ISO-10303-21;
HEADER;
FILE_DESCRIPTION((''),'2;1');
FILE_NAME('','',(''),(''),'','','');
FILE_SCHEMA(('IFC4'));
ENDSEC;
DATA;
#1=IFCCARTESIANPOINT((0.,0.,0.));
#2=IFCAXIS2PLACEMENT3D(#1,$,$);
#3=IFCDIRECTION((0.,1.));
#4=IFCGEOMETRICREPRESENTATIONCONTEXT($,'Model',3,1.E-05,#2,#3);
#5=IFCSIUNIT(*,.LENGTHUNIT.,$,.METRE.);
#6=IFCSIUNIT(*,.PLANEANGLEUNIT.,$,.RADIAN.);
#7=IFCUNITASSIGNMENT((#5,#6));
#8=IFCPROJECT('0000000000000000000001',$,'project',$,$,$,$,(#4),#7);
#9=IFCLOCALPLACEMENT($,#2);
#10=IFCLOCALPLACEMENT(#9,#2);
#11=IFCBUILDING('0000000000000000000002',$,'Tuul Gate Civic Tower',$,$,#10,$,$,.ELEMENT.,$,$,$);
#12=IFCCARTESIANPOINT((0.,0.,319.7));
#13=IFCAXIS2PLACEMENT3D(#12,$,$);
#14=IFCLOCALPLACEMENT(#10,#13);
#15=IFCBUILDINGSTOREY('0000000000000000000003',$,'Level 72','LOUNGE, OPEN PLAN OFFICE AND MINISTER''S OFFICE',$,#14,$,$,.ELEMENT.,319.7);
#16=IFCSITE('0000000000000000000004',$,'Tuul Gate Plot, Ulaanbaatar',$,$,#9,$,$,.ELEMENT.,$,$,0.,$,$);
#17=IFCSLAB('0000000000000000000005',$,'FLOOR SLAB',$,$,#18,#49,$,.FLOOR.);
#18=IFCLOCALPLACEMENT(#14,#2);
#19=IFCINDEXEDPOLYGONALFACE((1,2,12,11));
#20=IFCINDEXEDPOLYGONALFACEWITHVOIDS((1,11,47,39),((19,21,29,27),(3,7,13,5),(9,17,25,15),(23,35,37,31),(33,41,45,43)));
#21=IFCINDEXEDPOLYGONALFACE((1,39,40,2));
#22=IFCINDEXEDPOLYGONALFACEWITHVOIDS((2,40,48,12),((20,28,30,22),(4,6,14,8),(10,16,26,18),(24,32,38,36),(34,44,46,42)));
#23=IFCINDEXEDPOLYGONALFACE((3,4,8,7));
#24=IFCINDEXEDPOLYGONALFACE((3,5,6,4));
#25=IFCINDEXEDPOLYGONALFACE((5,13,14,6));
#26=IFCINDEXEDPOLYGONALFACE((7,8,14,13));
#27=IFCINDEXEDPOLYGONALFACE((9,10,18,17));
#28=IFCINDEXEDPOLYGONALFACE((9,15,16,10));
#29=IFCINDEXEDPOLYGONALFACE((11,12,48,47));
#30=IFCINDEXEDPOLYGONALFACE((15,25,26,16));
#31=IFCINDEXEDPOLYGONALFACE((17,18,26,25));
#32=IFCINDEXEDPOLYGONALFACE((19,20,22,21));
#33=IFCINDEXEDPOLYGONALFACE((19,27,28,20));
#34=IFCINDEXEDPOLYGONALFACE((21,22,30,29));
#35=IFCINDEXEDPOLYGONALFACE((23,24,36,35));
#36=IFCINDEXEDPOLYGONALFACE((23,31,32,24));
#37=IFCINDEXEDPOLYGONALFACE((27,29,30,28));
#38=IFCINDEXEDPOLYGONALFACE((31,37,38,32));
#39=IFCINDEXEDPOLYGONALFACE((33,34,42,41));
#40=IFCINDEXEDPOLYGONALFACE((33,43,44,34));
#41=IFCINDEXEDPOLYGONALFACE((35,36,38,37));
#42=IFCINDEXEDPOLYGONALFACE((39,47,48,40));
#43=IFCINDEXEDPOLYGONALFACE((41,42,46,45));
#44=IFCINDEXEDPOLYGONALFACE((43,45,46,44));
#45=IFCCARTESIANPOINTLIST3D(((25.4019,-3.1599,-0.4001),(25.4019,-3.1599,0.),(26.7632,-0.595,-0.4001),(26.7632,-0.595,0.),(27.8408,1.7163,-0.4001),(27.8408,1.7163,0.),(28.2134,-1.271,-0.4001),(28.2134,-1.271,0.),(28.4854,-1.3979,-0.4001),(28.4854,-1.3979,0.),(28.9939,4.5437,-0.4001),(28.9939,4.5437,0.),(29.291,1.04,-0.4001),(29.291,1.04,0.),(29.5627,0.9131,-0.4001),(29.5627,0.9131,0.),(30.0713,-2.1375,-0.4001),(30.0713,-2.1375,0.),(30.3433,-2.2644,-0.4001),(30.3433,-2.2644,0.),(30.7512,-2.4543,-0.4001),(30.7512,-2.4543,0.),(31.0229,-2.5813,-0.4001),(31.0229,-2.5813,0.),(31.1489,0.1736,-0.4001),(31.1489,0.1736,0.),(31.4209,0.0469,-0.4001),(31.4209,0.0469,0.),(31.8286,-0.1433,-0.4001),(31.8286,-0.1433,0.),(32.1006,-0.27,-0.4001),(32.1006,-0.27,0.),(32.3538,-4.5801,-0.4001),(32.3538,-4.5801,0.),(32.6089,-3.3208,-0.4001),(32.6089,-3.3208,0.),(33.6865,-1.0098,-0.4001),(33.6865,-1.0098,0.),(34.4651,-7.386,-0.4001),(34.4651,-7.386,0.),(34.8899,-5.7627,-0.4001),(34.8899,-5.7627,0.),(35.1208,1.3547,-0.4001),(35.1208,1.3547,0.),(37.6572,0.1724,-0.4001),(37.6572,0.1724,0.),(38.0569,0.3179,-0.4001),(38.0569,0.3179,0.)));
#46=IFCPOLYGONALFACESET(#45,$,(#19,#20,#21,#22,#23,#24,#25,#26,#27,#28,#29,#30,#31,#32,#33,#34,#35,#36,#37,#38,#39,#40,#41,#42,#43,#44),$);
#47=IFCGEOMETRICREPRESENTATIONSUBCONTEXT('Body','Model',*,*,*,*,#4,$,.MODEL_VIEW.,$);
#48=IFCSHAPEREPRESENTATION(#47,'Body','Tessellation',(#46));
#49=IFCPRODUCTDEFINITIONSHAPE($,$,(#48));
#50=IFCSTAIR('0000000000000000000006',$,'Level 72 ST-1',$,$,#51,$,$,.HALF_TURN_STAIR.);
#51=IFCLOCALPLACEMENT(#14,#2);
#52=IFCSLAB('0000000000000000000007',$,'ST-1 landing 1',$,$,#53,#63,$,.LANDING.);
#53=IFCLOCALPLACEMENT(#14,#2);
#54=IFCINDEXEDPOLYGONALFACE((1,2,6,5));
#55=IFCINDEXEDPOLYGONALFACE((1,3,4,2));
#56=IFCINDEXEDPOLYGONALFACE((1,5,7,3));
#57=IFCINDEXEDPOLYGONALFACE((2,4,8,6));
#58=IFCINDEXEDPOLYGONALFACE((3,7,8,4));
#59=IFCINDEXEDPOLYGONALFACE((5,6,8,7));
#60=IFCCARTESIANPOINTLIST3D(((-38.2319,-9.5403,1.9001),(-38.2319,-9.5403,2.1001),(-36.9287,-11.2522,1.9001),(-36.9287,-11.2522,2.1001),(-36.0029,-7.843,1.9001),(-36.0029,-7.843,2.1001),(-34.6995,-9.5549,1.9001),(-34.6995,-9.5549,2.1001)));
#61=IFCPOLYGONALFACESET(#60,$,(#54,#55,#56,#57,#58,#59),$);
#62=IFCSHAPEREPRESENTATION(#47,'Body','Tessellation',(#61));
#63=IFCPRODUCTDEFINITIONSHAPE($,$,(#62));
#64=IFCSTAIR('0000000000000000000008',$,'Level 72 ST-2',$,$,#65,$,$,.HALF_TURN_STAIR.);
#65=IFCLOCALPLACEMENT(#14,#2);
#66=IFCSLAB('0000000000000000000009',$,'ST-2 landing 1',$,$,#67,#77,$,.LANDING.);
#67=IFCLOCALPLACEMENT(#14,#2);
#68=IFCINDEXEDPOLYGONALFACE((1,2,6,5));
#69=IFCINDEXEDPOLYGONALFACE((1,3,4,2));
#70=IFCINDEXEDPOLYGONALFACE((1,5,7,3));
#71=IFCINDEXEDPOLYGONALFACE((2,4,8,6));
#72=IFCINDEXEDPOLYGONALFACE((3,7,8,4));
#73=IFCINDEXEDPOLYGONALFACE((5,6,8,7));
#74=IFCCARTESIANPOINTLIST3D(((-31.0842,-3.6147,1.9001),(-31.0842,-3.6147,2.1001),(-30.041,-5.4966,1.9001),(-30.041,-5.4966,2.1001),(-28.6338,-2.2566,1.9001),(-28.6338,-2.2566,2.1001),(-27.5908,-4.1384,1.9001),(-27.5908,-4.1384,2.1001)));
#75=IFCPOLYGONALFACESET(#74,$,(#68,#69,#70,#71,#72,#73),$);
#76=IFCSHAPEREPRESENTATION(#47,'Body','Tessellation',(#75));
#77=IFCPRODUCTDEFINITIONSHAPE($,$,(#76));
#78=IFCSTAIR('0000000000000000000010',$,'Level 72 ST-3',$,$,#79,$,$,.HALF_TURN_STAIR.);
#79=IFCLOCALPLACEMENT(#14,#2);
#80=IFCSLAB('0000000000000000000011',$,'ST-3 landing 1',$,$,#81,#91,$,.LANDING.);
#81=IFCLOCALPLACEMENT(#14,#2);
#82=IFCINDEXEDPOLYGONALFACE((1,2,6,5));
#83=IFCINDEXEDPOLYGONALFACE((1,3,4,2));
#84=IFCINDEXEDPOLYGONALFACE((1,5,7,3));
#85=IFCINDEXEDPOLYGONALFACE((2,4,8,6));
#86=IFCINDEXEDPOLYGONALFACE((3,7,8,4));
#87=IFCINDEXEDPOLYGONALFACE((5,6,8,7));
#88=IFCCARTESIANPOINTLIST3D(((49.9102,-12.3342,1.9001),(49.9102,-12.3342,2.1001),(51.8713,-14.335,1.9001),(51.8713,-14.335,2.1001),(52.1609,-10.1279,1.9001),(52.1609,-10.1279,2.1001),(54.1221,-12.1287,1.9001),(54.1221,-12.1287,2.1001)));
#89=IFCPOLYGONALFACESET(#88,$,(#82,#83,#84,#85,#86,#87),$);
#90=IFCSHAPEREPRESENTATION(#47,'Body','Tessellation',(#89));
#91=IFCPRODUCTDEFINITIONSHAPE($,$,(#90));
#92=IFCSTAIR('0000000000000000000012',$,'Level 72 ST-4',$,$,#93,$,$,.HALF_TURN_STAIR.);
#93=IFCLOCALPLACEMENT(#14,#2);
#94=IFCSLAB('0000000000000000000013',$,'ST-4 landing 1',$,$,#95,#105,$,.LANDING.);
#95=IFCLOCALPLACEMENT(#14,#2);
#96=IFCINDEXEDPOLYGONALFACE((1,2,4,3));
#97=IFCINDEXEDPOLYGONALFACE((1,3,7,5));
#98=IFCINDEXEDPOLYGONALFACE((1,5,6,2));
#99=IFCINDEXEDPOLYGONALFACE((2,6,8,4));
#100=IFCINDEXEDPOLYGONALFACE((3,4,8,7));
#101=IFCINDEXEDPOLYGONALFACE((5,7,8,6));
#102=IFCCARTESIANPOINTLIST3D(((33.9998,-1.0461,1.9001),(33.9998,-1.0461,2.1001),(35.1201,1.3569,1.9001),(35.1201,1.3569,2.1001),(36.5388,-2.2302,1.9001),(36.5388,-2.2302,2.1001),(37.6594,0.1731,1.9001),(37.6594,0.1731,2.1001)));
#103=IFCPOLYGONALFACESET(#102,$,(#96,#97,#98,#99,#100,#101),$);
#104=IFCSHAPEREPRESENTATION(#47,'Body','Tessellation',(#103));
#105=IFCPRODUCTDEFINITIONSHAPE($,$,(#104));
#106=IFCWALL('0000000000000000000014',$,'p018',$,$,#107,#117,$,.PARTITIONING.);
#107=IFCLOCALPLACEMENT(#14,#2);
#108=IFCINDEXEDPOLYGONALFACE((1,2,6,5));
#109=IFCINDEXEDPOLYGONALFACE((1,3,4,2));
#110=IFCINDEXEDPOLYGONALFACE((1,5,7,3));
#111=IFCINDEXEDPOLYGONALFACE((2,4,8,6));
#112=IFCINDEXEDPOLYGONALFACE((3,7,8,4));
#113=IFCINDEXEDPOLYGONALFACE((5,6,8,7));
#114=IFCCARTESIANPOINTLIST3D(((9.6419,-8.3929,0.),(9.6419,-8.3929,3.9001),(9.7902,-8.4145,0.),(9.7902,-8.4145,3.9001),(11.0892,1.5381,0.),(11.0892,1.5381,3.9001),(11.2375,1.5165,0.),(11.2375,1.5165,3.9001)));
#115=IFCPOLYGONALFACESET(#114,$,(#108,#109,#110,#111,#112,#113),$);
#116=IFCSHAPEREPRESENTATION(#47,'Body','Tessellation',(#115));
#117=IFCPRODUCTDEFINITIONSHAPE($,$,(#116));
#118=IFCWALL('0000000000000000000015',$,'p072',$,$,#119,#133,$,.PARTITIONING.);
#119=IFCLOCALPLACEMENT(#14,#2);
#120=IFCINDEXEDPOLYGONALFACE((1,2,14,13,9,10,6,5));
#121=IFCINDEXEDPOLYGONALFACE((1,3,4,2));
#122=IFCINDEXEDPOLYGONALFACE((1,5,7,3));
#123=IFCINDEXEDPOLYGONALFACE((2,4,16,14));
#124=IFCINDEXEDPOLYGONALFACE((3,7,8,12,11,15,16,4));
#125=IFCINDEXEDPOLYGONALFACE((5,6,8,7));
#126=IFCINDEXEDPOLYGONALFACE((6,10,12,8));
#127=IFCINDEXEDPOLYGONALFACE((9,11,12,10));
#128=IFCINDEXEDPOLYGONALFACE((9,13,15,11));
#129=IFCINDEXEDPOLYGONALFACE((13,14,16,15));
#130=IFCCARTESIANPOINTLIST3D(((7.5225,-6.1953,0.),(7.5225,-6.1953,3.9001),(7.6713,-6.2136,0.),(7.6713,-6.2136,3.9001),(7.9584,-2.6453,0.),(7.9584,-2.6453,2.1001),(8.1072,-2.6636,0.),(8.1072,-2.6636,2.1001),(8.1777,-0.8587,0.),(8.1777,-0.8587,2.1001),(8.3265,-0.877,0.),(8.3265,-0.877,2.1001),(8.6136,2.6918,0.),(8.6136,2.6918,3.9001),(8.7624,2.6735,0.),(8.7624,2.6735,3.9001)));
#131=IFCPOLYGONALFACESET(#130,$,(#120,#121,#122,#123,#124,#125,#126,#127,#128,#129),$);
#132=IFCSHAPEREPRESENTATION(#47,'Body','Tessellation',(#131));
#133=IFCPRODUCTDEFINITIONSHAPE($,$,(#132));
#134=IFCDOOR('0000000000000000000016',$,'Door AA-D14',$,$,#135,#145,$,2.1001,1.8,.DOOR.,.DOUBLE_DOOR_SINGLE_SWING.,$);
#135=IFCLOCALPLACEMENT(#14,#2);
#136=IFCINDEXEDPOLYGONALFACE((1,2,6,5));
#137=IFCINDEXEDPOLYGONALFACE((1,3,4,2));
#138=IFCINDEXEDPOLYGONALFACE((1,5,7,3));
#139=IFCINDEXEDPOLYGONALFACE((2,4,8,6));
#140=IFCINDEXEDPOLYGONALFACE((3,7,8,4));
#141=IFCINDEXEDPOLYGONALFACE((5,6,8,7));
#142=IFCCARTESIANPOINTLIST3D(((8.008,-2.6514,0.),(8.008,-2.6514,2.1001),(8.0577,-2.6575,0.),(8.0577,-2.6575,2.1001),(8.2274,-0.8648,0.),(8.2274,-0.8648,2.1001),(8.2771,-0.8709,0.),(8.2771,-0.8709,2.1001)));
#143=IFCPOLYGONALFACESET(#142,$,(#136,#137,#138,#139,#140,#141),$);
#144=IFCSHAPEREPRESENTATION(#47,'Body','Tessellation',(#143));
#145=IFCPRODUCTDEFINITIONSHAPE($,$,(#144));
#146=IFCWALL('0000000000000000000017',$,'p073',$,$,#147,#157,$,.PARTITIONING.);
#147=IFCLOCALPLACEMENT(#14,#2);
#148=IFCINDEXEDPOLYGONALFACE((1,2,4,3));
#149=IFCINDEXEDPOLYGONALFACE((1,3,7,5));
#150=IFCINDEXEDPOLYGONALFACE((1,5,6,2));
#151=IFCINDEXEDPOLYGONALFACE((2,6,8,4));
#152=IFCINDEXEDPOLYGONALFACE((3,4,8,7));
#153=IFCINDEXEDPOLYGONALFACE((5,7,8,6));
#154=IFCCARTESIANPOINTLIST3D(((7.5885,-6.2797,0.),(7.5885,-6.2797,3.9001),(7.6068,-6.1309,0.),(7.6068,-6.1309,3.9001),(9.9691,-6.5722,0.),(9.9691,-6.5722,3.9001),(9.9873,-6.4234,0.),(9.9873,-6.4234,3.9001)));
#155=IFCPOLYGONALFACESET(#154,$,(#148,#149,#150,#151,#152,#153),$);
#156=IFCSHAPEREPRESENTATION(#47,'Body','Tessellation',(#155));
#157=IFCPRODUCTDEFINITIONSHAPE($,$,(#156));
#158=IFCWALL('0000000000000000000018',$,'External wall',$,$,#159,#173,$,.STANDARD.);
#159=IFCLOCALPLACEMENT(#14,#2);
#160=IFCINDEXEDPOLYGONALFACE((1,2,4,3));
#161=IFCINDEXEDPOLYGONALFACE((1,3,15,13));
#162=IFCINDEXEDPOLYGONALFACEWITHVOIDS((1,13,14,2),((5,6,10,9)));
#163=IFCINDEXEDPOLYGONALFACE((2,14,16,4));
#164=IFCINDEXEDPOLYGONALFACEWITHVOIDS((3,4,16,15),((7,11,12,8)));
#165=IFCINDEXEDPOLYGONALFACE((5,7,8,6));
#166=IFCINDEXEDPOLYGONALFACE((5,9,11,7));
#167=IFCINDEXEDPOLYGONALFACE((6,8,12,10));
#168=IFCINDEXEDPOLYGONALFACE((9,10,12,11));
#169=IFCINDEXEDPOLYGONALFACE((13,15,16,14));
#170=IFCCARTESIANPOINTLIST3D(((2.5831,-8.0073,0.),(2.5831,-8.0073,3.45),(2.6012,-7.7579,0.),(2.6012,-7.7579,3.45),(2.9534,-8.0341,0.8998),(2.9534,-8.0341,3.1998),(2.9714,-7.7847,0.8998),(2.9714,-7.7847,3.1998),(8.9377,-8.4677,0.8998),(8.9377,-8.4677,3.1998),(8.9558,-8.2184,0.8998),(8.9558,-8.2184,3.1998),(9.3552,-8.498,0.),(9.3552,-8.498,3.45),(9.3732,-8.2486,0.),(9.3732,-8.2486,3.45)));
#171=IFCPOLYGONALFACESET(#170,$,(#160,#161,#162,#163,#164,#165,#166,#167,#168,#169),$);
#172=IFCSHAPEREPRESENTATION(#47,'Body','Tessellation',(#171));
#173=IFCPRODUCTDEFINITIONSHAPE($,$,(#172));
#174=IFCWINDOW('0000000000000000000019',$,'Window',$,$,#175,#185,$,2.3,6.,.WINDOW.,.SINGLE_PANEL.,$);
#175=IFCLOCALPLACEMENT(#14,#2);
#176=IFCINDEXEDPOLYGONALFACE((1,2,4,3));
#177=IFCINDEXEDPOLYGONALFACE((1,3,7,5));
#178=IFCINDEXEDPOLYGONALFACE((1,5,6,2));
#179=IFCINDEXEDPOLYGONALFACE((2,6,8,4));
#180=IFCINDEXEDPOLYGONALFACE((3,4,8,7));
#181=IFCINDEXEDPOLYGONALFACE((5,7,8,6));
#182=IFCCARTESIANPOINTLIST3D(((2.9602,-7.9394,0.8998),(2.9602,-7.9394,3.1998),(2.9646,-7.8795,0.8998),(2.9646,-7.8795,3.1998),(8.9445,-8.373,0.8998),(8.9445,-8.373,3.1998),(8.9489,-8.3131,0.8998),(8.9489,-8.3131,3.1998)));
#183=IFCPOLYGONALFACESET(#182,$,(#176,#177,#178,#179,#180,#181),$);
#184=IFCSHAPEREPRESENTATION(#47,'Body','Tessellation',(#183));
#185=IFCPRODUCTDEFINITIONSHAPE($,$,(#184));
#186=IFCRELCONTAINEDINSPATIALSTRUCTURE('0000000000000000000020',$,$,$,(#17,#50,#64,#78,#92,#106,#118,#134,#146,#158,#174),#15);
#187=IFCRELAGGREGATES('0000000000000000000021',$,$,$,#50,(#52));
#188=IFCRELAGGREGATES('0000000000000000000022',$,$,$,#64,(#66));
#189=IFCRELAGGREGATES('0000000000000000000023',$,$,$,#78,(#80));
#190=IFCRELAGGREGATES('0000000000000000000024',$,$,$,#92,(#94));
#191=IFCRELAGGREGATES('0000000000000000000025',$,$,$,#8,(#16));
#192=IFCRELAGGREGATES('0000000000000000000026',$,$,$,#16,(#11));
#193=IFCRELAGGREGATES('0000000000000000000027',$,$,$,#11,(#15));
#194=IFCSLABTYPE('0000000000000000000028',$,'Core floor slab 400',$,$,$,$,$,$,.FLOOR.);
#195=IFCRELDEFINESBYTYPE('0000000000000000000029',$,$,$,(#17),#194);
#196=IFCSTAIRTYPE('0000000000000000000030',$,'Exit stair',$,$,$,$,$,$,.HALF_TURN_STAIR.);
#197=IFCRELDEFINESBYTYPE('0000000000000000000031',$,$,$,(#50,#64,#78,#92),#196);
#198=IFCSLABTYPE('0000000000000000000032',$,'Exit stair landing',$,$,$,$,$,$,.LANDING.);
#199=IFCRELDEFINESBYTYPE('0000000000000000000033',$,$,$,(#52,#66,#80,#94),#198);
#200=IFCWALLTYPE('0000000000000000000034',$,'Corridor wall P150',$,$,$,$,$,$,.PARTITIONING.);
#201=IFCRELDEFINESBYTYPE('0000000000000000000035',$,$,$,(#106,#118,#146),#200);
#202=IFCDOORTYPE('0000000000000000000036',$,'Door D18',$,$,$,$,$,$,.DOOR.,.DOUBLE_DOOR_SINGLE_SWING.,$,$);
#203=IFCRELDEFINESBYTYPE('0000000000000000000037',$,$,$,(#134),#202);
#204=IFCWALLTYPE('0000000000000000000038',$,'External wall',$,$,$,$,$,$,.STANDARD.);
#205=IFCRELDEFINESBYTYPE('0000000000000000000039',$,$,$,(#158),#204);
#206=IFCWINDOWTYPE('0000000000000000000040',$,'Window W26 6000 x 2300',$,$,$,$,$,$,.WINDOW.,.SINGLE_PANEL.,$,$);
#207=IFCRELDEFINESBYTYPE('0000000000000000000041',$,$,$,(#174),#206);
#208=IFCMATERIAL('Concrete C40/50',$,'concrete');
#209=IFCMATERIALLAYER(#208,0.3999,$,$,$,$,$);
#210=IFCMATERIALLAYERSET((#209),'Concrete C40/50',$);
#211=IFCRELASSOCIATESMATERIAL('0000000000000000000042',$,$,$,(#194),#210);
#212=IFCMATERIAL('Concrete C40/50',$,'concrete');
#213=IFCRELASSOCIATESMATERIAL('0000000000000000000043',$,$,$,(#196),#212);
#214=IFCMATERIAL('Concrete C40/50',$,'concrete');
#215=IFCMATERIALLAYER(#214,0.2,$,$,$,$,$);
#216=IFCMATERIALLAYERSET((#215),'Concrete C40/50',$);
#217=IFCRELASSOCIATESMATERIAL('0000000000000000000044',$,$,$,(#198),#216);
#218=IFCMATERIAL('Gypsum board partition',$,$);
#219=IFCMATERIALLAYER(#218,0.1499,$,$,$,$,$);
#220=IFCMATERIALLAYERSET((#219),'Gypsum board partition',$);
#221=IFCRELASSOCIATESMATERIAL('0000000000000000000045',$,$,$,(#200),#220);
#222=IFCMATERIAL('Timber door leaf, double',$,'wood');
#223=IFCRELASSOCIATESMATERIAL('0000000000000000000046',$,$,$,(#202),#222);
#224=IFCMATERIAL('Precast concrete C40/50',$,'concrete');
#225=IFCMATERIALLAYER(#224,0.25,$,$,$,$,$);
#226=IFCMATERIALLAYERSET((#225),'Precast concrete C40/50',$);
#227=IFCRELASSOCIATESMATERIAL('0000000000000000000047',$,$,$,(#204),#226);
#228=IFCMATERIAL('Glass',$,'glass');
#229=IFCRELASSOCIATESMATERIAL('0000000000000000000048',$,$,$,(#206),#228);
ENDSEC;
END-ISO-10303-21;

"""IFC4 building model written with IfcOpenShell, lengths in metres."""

from ifc_helpers import new_model, si_unit, direction, frame, frame_2d, origin, place, context, subcontext, project, spatial, polyline, rectangle, outline, extrude, material, layer, layer_set, type_object, element, fill, aggregate, save


model = new_model("IFC4")

# Units and contexts
model_context = context("Model", 3, precision=1e-05, world=origin(), true_north=direction((0.0, 1.0)))
body_context = subcontext(model_context, "Body", "Model", "MODEL_VIEW")
ifc_project = project(units=[si_unit("LENGTHUNIT", "METRE"), si_unit("PLANEANGLEUNIT", "RADIAN")], contexts=[model_context])

# Site, building, storey
site_placement = place(None, origin())
site = spatial("IfcSite", under=ifc_project, at=site_placement, Name="Tuul Gate Plot, Ulaanbaatar", CompositionType="ELEMENT", RefElevation=0.0)
building_placement = place(site_placement, origin())
building = spatial("IfcBuilding", under=site, at=building_placement, Name="Tuul Gate Civic Tower", CompositionType="ELEMENT")
storey_placement = place(building_placement, frame((0.0, 0.0, 319.7)))
storey = spatial("IfcBuildingStorey", under=building, at=storey_placement, Name="Level 72", Description="LOUNGE, OPEN PLAN OFFICE AND MINISTER'S OFFICE", CompositionType="ELEMENT", Elevation=319.7)

# Slab
ifc_material_1 = material(Name="Concrete C40/50", Category="concrete")
ifc_layer_1 = layer(ifc_material_1, 0.3999)
ifc_layer_set_1 = layer_set([ifc_layer_1], Name="Concrete C40/50")
slab_type_1 = type_object("IfcSlabType", Name="Core floor slab 400", PredefinedType="FLOOR", material=ifc_layer_set_1)
slab_1_placement = place(storey_placement, frame((0.0, 0.0, -0.4001)))
element("IfcSlab", 1, at=slab_1_placement, inside=storey, type_object=slab_type_1, Name="FLOOR SLAB", PredefinedType="FLOOR", context=body_context, shape_type="SweptSolid", body=[
    extrude(outline(polyline([(34.4651, -7.386), (38.0569, 0.3179), (28.9939, 4.5437), (25.4019, -3.1599), (34.4651, -7.386)]), holes=[polyline([(32.6089, -3.3208), (33.6865, -1.0098), (32.1006, -0.27), (31.0229, -2.5813), (32.6089, -3.3208)]), polyline([(30.0713, -2.1375), (31.1489, 0.1736), (29.5627, 0.9131), (28.4854, -1.3979), (30.0713, -2.1375)]), polyline([(30.7512, -2.4543), (31.8286, -0.1433), (31.4209, 0.0469), (30.3433, -2.2644), (30.7512, -2.4543)]), polyline([(28.2134, -1.271), (29.291, 1.04), (27.8408, 1.7163), (26.7632, -0.595), (28.2134, -1.271)]), polyline([(34.8899, -5.7627), (32.3538, -4.5801), (35.1208, 1.3547), (37.6572, 0.1724), (34.8899, -5.7627)])]), origin(), (0.0, 0.0, 1.0), 0.4001),
])

# Stairs, slabs
ifc_material_2 = material(Name="Concrete C40/50", Category="concrete")
stair_type = type_object("IfcStairType", Name="Exit stair", PredefinedType="HALF_TURN_STAIR", material=ifc_material_2)
stair_1_placement = place(storey_placement, origin())
stair_1 = element("IfcStair", 2, at=stair_1_placement, inside=storey, type_object=stair_type, Name="Level 72 ST-1", PredefinedType="HALF_TURN_STAIR")
ifc_material_3 = material(Name="Concrete C40/50", Category="concrete")
ifc_layer_2 = layer(ifc_material_3, 0.2)
ifc_layer_set_2 = layer_set([ifc_layer_2], Name="Concrete C40/50")
slab_type_2 = type_object("IfcSlabType", Name="Exit stair landing", PredefinedType="LANDING", material=ifc_layer_set_2)
slab_2_placement = place(storey_placement, frame((0.0, 0.0, 1.9001)))
slab_2 = element("IfcSlab", 3, at=slab_2_placement, type_object=slab_type_2, Name="ST-1 landing 1", PredefinedType="LANDING", context=body_context, shape_type="SweptSolid", body=[
    extrude(outline(polyline([(-34.6995, -9.5549), (-36.9287, -11.2522), (-38.2319, -9.5403), (-36.0029, -7.843), (-34.6995, -9.5549)])), origin(), (0.0, 0.0, 1.0), 0.2),
])
aggregate(stair_1, [slab_2])
stair_2_placement = place(storey_placement, origin())
stair_2 = element("IfcStair", 4, at=stair_2_placement, inside=storey, type_object=stair_type, Name="Level 72 ST-2", PredefinedType="HALF_TURN_STAIR")
slab_3_placement = place(storey_placement, frame((0.0, 0.0, 1.9001)))
slab_3 = element("IfcSlab", 5, at=slab_3_placement, type_object=slab_type_2, Name="ST-2 landing 1", PredefinedType="LANDING", context=body_context, shape_type="SweptSolid", body=[
    extrude(outline(polyline([(-27.5908, -4.1384), (-30.041, -5.4966), (-31.0842, -3.6147), (-28.6338, -2.2566), (-27.5908, -4.1384)])), origin(), (0.0, 0.0, 1.0), 0.2),
])
aggregate(stair_2, [slab_3])
stair_3_placement = place(storey_placement, origin())
stair_3 = element("IfcStair", 6, at=stair_3_placement, inside=storey, type_object=stair_type, Name="Level 72 ST-3", PredefinedType="HALF_TURN_STAIR")
slab_4_placement = place(storey_placement, frame((0.0, 0.0, 1.9001)))
slab_4 = element("IfcSlab", 7, at=slab_4_placement, type_object=slab_type_2, Name="ST-3 landing 1", PredefinedType="LANDING", context=body_context, shape_type="SweptSolid", body=[
    extrude(outline(polyline([(51.8713, -14.335), (49.9102, -12.3342), (52.1609, -10.1279), (54.1221, -12.1287), (51.8713, -14.335)])), origin(), (0.0, 0.0, 1.0), 0.2),
])
aggregate(stair_3, [slab_4])
stair_4_placement = place(storey_placement, origin())
stair_4 = element("IfcStair", 8, at=stair_4_placement, inside=storey, type_object=stair_type, Name="Level 72 ST-4", PredefinedType="HALF_TURN_STAIR")
slab_5_placement = place(storey_placement, frame((0.0, 0.0, 1.9001)))
slab_5 = element("IfcSlab", 9, at=slab_5_placement, type_object=slab_type_2, Name="ST-4 landing 1", PredefinedType="LANDING", context=body_context, shape_type="SweptSolid", body=[
    extrude(outline(polyline([(36.5388, -2.2302), (33.9998, -1.0461), (35.1201, 1.3569), (37.6594, 0.1731), (36.5388, -2.2302)])), origin(), (0.0, 0.0, 1.0), 0.2),
])
aggregate(stair_4, [slab_5])

# Wall
ifc_material_4 = material(Name="Gypsum board partition")
ifc_layer_3 = layer(ifc_material_4, 0.1499)
ifc_layer_set_3 = layer_set([ifc_layer_3], Name="Gypsum board partition")
wall_type_1 = type_object("IfcWallType", Name="Corridor wall P150", PredefinedType="PARTITIONING", material=ifc_layer_set_3)
wall_1_placement = place(storey_placement, frame((9.7161, -8.4038, 0.0), z_axis=(0.0, 0.0, 1.0), x_axis=(0.14421, 0.989547, 0.0)))
element("IfcWall", 10, at=wall_1_placement, inside=storey, type_object=wall_type_1, Name="p018", PredefinedType="PARTITIONING", context=body_context, shape_type="SweptSolid", body=[
    extrude(rectangle(XDim=10.0359, YDim=0.1499, at=frame_2d((5.0181, 0.0))), origin(), (0.0, 0.0, 1.0), 3.9001),
])

# Wall, opening, door
wall_2_placement = place(storey_placement, frame((7.5969, -6.2046, 0.0), z_axis=(0.0, 0.0, 1.0), x_axis=(0.121853, 0.992548, 0.0)))
wall_2 = element("IfcWall", 11, at=wall_2_placement, inside=storey, type_object=wall_type_1, Name="p072", PredefinedType="PARTITIONING", context=body_context, shape_type="SweptSolid", body=[
    extrude(rectangle(XDim=8.9539, YDim=0.1499, at=frame_2d((4.4771, 0.0))), origin(), (0.0, 0.0, 1.0), 3.9001),
])
opening_1_placement = place(wall_2_placement, frame((3.5769, 0.0, 0.0)))
opening_1 = element("IfcOpeningElement", 12, at=opening_1_placement, cuts=wall_2, PredefinedType="OPENING", context=body_context, shape_type="SweptSolid", body=[
    extrude(rectangle(XDim=1.8, YDim=2.1001, at=frame_2d((0.8999, 1.05))), frame((0.0, 0.085, 0.0), z_axis=(0.0, -1.0, 0.0), x_axis=(1.0, 0.0, 0.0)), (0.0, 0.0, 1.0), 0.1699),
])
ifc_material_5 = material(Name="Timber door leaf, double", Category="wood")
door_type = type_object("IfcDoorType", Name="Door D18", OperationType="DOUBLE_DOOR_SINGLE_SWING", PredefinedType="DOOR", material=ifc_material_5)
door_placement = place(opening_1_placement, origin())
door = element("IfcDoor", 13, at=door_placement, inside=storey, type_object=door_type, Name="Door AA-D14", OperationType="DOUBLE_DOOR_SINGLE_SWING", OverallHeight=2.1001, OverallWidth=1.8, PredefinedType="DOOR", context=body_context, shape_type="SweptSolid", body=[
    extrude(rectangle(XDim=1.8, YDim=2.1001, at=frame_2d((0.8999, 1.05))), frame((0.0, 0.0249, 0.0), z_axis=(0.0, -1.0, 0.0), x_axis=(1.0, 0.0, 0.0)), (0.0, 0.0, 1.0), 0.05),
])
fill(opening_1, door)

# Wall
wall_3_placement = place(storey_placement, frame((7.5977, -6.2053, 0.0), z_axis=(0.0, 0.0, 1.0), x_axis=(0.992537, -0.121942, 0.0)))
element("IfcWall", 14, at=wall_3_placement, inside=storey, type_object=wall_type_1, Name="p073", PredefinedType="PARTITIONING", context=body_context, shape_type="SweptSolid", body=[
    extrude(rectangle(XDim=2.3984, YDim=0.1499, at=frame_2d((1.1992, 0.0))), origin(), (0.0, 0.0, 1.0), 3.9001),
])

# Wall, opening, window
ifc_material_6 = material(Name="Precast concrete C40/50", Category="concrete")
ifc_layer_4 = layer(ifc_material_6, 0.25)
ifc_layer_set_4 = layer_set([ifc_layer_4], Name="Precast concrete C40/50")
wall_type_2 = type_object("IfcWallType", Name="External wall", PredefinedType="STANDARD", material=ifc_layer_set_4)
wall_4_placement = place(storey_placement, frame((2.592, -7.8826, 0.0), z_axis=(0.0, 0.0, 1.0), x_axis=(0.997385, -0.072274, 0.0)))
wall_4 = element("IfcWall", 15, at=wall_4_placement, inside=storey, type_object=wall_type_2, Name="External wall", PredefinedType="STANDARD", context=body_context, shape_type="SweptSolid", body=[
    extrude(rectangle(XDim=6.7898, YDim=0.25, at=frame_2d((3.395, 0.0))), origin(), (0.0, 0.0, 1.0), 3.45),
])
opening_2_placement = place(wall_4_placement, frame((0.3713, 0.0, 0.8999)))
opening_2 = element("IfcOpeningElement", 16, at=opening_2_placement, cuts=wall_4, PredefinedType="OPENING", context=body_context, shape_type="SweptSolid", body=[
    extrude(rectangle(XDim=6.0, YDim=2.3, at=frame_2d((3.0, 1.1499))), frame((0.0, 0.135, 0.0), z_axis=(0.0, -1.0, 0.0), x_axis=(1.0, 0.0, 0.0)), (0.0, 0.0, 1.0), 0.27),
])
ifc_material_7 = material(Name="Glass", Category="glass")
window_type = type_object("IfcWindowType", Name="Window W26 6000 x 2300", PartitioningType="SINGLE_PANEL", PredefinedType="WINDOW", material=ifc_material_7)
window_1_placement = place(opening_2_placement, origin())
window_1 = element("IfcWindow", 17, at=window_1_placement, inside=storey, type_object=window_type, Name="Window", OverallHeight=2.3, OverallWidth=6.0, PartitioningType="SINGLE_PANEL", PredefinedType="WINDOW", context=body_context, shape_type="SweptSolid", body=[
    extrude(rectangle(XDim=6.0, YDim=2.3, at=frame_2d((3.0, 1.1499))), frame((0.0, 0.03, 0.0), z_axis=(0.0, -1.0, 0.0), x_axis=(1.0, 0.0, 0.0)), (0.0, 0.0, 1.0), 0.0601),
])
fill(opening_2, window_1)

save(model, "model.ifc")
